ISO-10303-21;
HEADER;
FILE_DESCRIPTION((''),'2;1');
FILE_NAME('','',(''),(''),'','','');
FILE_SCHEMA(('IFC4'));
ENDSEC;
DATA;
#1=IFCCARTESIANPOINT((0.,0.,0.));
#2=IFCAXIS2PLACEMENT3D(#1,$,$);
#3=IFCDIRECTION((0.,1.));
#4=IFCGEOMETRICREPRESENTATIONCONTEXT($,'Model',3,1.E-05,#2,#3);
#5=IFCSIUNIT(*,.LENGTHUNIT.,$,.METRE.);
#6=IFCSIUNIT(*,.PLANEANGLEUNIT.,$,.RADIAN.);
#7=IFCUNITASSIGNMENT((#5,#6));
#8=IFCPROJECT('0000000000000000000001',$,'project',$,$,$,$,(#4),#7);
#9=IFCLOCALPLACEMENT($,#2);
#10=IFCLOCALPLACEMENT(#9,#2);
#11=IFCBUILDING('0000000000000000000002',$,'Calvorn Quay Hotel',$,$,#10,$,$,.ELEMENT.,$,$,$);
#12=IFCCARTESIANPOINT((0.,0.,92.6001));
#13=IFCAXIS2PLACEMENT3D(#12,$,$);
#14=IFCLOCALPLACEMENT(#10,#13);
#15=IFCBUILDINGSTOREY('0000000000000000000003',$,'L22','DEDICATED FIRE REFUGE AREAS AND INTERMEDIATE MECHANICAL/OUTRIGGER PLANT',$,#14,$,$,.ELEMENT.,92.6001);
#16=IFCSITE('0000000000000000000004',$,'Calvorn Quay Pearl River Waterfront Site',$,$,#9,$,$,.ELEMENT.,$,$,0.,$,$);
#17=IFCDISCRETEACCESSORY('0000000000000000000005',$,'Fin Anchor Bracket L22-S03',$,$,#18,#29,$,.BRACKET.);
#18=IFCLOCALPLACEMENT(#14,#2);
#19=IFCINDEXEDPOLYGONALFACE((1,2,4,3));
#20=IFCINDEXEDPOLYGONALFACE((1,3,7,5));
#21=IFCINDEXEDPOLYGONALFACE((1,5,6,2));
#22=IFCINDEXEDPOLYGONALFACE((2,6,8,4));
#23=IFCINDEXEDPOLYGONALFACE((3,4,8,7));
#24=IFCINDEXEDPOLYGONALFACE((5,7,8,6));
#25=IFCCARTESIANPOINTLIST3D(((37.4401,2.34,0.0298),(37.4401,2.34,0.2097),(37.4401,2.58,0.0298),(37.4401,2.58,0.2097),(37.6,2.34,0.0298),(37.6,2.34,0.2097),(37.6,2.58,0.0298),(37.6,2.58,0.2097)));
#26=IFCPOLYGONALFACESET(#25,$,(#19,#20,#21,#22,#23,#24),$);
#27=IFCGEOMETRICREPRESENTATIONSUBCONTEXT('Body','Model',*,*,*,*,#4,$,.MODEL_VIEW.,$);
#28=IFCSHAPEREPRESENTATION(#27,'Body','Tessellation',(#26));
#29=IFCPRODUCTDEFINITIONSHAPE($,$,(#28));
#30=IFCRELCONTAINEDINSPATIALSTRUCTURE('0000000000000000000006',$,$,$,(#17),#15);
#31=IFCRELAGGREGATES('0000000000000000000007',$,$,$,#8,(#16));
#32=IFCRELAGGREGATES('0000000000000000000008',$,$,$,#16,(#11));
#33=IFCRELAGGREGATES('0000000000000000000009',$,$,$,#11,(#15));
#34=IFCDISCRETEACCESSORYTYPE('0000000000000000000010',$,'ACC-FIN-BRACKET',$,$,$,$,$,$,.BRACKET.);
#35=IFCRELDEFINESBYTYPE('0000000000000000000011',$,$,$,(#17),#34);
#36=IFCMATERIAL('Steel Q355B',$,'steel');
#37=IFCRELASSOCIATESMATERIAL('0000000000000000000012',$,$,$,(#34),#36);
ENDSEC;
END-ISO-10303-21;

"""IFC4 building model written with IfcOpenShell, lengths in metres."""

from ifc_helpers import new_model, si_unit, direction, frame, origin, origin_2d, place, context, subcontext, project, spatial, rectangle, extrude, material, type_object, element, save


model = new_model("IFC4")

# Units and contexts
model_context = context("Model", 3, precision=1e-05, world=origin(), true_north=direction((0.0, 1.0)))
body_context = subcontext(model_context, "Body", "Model", "MODEL_VIEW")
ifc_project = project(units=[si_unit("LENGTHUNIT", "METRE"), si_unit("PLANEANGLEUNIT", "RADIAN")], contexts=[model_context])

# Site, building, storey
site_placement = place(None, origin())
site = spatial("IfcSite", under=ifc_project, at=site_placement, Name="Calvorn Quay Pearl River Waterfront Site", CompositionType="ELEMENT", RefElevation=0.0)
building_placement = place(site_placement, origin())
building = spatial("IfcBuilding", under=site, at=building_placement, Name="Calvorn Quay Hotel", CompositionType="ELEMENT")
storey_placement = place(building_placement, frame((0.0, 0.0, 92.6001)))
storey = spatial("IfcBuildingStorey", under=building, at=storey_placement, Name="L22", Description="DEDICATED FIRE REFUGE AREAS AND INTERMEDIATE MECHANICAL/OUTRIGGER PLANT", CompositionType="ELEMENT", Elevation=92.6001)

# Discrete accessory
ifc_material_1 = material(Name="Steel Q355B", Category="steel")
discrete_accessory_type = type_object("IfcDiscreteAccessoryType", Name="ACC-FIN-BRACKET", PredefinedType="BRACKET", material=ifc_material_1)
discrete_accessory_placement = place(storey_placement, frame((37.52, 2.46, 0.0298), z_axis=(0.0, 0.0, 1.0), x_axis=(0.0, 1.0, 0.0)))
element("IfcDiscreteAccessory", 1, at=discrete_accessory_placement, inside=storey, type_object=discrete_accessory_type, Name="Fin Anchor Bracket L22-S03", PredefinedType="BRACKET", context=body_context, shape_type="SweptSolid", body=[
    extrude(rectangle(XDim=0.24, YDim=0.1599, at=origin_2d()), origin(), (0.0, 0.0, 1.0), 0.1799),
])

save(model, "model.ifc")
